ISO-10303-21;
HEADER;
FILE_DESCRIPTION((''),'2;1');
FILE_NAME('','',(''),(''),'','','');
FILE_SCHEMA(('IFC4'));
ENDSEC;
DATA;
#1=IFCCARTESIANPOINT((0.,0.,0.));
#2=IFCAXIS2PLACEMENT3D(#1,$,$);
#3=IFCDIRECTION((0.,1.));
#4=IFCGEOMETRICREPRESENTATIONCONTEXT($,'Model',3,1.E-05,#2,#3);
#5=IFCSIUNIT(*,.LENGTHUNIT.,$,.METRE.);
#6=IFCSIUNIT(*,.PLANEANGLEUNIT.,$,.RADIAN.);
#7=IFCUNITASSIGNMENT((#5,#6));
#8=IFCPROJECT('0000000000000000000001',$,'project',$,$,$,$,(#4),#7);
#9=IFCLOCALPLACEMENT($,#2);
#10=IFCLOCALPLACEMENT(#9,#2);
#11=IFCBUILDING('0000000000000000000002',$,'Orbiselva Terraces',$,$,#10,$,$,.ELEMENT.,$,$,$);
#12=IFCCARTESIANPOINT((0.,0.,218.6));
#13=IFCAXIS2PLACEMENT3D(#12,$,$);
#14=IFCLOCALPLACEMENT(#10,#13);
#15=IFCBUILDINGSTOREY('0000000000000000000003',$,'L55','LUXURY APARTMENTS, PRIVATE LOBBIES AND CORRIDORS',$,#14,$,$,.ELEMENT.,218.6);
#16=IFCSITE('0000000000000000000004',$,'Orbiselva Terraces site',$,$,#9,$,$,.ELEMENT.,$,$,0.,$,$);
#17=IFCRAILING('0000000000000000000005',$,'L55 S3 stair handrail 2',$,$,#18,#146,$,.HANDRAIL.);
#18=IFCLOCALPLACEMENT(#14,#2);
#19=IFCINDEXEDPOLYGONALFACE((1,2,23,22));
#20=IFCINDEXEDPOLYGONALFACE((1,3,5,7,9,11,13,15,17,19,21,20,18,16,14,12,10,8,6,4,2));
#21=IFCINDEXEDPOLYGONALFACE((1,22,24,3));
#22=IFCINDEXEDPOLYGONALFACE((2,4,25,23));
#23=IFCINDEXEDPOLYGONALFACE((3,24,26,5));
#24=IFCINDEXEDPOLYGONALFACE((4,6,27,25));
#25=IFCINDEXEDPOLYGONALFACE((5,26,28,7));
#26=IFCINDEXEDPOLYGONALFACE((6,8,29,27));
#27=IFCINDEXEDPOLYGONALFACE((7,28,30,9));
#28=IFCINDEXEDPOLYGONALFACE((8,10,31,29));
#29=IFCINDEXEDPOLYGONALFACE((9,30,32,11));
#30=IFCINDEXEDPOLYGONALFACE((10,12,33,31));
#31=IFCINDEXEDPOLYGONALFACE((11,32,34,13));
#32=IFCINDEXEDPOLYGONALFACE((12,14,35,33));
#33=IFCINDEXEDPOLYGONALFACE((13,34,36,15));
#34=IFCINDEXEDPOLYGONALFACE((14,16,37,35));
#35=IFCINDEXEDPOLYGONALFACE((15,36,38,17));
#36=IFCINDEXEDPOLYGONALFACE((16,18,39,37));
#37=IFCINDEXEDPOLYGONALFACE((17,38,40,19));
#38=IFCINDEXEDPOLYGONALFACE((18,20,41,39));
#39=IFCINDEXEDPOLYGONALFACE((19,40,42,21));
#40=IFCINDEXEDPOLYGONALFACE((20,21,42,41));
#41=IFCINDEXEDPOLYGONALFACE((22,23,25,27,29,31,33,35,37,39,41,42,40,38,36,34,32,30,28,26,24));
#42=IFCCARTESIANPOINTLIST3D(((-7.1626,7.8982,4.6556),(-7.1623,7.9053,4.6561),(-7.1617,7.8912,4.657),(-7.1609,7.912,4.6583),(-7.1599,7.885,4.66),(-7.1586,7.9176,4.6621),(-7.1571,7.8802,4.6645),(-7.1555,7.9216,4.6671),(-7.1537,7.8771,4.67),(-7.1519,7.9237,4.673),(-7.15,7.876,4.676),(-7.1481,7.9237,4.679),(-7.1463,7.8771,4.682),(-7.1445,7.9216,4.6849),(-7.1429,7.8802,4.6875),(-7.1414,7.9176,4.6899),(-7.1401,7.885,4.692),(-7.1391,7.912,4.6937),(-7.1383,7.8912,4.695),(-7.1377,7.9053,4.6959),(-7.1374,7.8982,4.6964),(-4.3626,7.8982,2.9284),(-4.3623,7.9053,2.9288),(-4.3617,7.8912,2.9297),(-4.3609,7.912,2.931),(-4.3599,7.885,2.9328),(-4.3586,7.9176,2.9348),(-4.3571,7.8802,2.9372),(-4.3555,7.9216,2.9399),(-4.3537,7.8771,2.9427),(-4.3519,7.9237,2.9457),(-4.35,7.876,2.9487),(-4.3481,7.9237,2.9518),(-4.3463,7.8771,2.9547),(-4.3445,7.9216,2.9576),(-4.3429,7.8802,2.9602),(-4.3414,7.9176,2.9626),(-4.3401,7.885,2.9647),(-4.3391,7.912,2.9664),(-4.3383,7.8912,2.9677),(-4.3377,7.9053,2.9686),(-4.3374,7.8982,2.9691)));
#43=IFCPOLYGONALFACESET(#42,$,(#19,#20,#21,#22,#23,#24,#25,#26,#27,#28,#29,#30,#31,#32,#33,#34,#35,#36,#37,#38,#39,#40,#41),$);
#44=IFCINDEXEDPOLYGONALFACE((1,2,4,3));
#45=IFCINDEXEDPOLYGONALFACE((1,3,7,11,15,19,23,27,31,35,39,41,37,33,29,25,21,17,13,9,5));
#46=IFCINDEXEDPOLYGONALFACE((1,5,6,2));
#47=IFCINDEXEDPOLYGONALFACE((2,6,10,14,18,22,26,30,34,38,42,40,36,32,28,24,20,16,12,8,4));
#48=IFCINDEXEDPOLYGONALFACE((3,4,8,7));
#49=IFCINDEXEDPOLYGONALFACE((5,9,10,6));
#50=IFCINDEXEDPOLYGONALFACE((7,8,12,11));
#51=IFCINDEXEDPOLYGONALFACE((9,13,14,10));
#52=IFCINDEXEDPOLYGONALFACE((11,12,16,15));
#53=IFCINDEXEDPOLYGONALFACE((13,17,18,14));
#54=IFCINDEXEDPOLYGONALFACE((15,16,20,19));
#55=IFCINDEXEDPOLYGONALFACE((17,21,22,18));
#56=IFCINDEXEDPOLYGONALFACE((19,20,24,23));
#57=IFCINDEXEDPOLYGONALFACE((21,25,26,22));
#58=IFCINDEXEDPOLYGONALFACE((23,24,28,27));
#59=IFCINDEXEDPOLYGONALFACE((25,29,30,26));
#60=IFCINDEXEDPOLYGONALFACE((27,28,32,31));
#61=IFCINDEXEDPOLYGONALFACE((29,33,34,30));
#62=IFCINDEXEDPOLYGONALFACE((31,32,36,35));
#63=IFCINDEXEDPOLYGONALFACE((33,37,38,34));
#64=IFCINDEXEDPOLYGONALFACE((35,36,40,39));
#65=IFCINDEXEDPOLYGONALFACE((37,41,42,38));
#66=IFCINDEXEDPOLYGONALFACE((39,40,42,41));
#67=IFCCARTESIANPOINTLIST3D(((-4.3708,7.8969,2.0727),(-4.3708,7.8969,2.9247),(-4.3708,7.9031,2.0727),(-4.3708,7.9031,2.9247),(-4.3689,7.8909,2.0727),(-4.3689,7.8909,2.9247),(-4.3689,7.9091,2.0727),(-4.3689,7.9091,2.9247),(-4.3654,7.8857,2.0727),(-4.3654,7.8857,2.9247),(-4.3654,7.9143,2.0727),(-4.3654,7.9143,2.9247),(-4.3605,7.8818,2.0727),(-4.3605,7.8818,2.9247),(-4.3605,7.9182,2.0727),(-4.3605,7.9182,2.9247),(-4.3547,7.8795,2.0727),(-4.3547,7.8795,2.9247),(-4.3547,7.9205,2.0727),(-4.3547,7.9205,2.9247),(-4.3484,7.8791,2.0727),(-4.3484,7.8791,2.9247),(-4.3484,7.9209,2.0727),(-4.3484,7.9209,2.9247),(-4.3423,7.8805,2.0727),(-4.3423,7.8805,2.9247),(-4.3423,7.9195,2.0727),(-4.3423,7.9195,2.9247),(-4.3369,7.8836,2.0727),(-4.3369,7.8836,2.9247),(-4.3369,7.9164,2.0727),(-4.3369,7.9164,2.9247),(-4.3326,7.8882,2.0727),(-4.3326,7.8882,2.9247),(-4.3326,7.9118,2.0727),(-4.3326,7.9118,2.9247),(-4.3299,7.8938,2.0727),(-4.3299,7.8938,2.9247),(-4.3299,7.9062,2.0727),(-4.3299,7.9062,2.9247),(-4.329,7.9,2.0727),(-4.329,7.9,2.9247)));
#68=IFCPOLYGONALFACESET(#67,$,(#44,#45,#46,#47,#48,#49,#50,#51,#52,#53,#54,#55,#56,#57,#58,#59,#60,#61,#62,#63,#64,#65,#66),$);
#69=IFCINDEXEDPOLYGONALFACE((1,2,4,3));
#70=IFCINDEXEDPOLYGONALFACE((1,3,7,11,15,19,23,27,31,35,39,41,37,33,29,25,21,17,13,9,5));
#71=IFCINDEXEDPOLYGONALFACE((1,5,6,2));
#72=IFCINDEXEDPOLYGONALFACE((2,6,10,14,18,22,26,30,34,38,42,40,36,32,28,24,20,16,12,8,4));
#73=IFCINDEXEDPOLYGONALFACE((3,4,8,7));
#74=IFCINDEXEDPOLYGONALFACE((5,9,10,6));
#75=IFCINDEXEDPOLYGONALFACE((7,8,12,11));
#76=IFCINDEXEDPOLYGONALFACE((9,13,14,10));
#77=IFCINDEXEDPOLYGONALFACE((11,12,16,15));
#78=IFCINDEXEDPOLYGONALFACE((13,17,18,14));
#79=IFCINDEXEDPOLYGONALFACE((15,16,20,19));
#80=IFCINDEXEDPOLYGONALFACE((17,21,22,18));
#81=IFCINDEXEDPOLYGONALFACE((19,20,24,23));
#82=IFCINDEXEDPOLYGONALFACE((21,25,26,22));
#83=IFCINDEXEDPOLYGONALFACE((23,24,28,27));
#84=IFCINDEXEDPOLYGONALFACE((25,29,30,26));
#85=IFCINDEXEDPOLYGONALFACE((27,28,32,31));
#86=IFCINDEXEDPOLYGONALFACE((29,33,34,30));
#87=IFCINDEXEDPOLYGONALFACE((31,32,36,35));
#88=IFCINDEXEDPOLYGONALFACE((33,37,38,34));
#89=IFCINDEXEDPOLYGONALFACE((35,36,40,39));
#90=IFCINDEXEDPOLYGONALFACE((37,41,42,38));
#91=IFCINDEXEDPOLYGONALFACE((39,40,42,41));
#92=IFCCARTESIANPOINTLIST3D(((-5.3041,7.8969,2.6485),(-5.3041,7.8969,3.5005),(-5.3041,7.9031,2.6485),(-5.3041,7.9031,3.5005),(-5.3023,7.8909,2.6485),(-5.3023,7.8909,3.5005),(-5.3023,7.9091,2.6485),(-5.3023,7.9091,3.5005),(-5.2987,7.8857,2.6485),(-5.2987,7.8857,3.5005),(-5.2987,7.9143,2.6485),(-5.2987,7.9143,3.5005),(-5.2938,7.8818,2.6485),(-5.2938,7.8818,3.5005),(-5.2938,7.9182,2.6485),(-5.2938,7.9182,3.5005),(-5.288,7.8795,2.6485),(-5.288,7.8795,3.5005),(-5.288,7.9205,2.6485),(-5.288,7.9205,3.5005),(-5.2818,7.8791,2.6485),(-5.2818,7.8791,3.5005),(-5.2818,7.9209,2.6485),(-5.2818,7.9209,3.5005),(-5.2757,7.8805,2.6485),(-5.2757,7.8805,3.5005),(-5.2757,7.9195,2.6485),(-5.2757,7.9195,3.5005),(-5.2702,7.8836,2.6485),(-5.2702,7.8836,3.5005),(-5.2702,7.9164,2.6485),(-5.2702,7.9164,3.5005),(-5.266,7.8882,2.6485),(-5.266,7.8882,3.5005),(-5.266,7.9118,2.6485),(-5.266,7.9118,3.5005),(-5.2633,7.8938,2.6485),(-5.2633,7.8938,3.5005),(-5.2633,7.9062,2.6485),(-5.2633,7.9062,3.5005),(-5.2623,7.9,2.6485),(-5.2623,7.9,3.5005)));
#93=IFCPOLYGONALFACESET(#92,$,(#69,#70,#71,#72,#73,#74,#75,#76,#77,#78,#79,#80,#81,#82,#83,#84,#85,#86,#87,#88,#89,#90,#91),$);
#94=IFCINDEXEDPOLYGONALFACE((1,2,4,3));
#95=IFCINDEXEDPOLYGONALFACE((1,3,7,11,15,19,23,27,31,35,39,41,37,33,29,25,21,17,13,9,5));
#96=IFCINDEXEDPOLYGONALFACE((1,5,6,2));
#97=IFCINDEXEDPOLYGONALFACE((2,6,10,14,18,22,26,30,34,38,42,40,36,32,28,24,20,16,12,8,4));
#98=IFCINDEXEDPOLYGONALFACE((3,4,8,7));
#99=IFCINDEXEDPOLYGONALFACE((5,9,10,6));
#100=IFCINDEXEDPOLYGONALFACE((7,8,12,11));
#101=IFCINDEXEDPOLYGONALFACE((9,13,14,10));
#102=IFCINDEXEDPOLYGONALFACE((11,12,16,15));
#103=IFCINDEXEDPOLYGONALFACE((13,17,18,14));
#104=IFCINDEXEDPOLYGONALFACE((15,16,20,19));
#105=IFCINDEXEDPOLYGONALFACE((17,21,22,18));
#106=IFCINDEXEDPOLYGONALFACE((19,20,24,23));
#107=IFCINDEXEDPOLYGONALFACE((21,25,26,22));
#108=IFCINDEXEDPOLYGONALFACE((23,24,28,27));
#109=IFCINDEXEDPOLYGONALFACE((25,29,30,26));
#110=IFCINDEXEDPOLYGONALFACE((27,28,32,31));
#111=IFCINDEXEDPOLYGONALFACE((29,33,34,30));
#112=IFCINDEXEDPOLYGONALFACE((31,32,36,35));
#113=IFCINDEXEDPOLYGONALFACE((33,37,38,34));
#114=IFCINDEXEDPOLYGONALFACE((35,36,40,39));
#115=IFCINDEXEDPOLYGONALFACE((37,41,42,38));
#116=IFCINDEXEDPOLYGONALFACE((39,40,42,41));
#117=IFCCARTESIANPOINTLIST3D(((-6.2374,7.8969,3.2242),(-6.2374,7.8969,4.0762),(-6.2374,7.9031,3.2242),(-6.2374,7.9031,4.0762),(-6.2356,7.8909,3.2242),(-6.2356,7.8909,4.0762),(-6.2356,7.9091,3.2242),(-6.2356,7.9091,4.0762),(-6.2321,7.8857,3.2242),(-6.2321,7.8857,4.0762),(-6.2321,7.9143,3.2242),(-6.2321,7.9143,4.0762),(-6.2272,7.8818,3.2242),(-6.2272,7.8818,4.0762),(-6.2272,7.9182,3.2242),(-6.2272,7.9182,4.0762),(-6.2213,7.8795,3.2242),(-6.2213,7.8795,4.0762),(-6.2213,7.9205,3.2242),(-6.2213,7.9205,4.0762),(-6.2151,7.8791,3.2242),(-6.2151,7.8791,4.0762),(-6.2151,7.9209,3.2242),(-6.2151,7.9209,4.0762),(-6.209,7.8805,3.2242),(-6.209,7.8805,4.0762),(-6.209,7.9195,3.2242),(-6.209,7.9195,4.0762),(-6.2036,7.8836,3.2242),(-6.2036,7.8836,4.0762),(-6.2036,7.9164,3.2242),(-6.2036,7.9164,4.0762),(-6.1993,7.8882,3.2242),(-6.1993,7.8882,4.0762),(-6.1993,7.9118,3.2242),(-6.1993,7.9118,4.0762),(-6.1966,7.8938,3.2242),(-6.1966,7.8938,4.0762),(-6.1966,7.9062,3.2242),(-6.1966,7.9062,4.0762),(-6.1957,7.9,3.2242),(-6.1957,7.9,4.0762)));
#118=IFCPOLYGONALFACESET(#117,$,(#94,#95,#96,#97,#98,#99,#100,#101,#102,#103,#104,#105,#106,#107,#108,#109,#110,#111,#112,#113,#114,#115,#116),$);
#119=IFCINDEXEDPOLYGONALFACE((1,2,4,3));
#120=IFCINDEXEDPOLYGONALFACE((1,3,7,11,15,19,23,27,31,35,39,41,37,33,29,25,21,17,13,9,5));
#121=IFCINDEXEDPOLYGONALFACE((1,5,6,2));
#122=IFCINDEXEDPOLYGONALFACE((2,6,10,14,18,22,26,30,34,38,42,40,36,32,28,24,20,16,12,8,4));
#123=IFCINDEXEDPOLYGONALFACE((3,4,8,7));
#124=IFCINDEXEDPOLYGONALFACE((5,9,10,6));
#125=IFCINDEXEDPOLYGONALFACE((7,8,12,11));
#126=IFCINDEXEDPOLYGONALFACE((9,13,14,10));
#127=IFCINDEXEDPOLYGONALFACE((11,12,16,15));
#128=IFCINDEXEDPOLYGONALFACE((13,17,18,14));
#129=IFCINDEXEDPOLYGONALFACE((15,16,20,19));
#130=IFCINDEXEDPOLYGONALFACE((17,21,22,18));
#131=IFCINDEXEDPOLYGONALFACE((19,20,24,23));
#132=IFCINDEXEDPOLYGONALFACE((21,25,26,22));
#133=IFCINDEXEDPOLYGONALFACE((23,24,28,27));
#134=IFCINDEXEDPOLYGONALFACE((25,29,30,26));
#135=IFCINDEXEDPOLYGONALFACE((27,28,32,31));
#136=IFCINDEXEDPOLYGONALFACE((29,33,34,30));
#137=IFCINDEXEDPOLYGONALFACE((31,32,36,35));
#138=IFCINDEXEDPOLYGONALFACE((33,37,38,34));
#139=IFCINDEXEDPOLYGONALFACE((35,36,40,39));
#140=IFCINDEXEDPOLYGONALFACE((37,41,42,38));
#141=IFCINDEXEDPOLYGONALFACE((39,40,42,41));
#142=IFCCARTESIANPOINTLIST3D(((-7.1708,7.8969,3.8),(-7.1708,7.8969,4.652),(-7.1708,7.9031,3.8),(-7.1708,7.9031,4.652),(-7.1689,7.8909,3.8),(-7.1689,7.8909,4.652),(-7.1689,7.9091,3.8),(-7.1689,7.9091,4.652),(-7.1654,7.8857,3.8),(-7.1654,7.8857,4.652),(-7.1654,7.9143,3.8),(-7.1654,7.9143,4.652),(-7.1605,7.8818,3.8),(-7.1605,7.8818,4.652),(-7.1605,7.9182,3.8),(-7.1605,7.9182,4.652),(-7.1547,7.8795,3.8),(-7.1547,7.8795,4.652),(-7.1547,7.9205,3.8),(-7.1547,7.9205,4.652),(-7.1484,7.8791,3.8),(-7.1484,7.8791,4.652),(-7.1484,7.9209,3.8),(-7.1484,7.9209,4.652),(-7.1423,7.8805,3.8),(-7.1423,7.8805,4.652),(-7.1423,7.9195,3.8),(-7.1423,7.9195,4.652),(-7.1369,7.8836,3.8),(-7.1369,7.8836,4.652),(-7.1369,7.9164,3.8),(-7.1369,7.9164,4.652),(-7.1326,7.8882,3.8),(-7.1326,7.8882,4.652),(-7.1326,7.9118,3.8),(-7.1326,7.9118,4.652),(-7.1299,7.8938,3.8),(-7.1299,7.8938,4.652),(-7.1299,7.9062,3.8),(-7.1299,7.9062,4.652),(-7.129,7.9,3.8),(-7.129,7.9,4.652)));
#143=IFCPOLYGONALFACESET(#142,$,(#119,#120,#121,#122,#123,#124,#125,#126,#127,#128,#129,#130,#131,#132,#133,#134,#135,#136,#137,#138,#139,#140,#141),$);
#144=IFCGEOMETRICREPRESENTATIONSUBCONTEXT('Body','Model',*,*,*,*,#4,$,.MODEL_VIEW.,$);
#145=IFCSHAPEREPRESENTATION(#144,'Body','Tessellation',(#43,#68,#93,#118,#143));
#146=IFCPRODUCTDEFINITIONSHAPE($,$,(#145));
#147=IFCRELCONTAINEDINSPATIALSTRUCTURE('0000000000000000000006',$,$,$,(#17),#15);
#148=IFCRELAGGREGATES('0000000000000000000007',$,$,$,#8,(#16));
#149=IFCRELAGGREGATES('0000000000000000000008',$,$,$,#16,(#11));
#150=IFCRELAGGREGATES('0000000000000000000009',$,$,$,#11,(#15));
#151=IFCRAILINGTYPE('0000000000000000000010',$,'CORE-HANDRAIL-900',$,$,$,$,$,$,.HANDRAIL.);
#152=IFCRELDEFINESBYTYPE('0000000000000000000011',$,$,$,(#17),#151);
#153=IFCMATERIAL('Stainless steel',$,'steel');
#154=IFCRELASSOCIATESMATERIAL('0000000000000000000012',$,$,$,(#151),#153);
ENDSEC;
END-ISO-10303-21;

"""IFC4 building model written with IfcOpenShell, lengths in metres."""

from ifc_helpers import new_model, si_unit, direction, frame, origin, origin_2d, place, context, subcontext, project, spatial, circle, extrude, material, type_object, element, save


model = new_model("IFC4")

# Units and contexts
model_context = context("Model", 3, precision=1e-05, world=origin(), true_north=direction((0.0, 1.0)))
body_context = subcontext(model_context, "Body", "Model", "MODEL_VIEW")
ifc_project = project(units=[si_unit("LENGTHUNIT", "METRE"), si_unit("PLANEANGLEUNIT", "RADIAN")], contexts=[model_context])

# Site, building, storey
site_placement = place(None, origin())
site = spatial("IfcSite", under=ifc_project, at=site_placement, Name="Orbiselva Terraces site", CompositionType="ELEMENT", RefElevation=0.0)
building_placement = place(site_placement, origin())
building = spatial("IfcBuilding", under=site, at=building_placement, Name="Orbiselva Terraces", CompositionType="ELEMENT")
storey_placement = place(building_placement, frame((0.0, 0.0, 218.6)))
storey = spatial("IfcBuildingStorey", under=building, at=storey_placement, Name="L55", Description="LUXURY APARTMENTS, PRIVATE LOBBIES AND CORRIDORS", CompositionType="ELEMENT", Elevation=218.6)

# Railing
ifc_material_1 = material(Name="Stainless steel", Category="steel")
railing_type_1 = type_object("IfcRailingType", Name="CORE-HANDRAIL-900", PredefinedType="HANDRAIL", material=ifc_material_1)
railing_1_placement = place(storey_placement, frame((-4.35, 7.9, 2.0727)))
element("IfcRailing", 1, at=railing_1_placement, inside=storey, type_object=railing_type_1, Name="L55 S3 stair handrail 2", PredefinedType="HANDRAIL", context=body_context, shape_type="SweptSolid", body=[
    extrude(circle(Radius=0.024, at=origin_2d()), frame((0.0, 0.0, 0.876), z_axis=(-0.851089, 0.0, 0.525022), x_axis=(0.0, -1.0, 0.0)), (0.0, 0.0, 1.0), 3.2899),
    extrude(circle(Radius=0.021, at=origin_2d()), origin(), (0.0, 0.0, 1.0), 0.852),
    extrude(circle(Radius=0.021, at=origin_2d()), frame((-0.9333, 0.0, 0.5758)), (0.0, 0.0, 1.0), 0.852),
    extrude(circle(Radius=0.021, at=origin_2d()), frame((-1.8667, 0.0, 1.1515)), (0.0, 0.0, 1.0), 0.852),
    extrude(circle(Radius=0.021, at=origin_2d()), frame((-2.8, 0.0, 1.7273)), (0.0, 0.0, 1.0), 0.852),
])

save(model, "model.ifc")
